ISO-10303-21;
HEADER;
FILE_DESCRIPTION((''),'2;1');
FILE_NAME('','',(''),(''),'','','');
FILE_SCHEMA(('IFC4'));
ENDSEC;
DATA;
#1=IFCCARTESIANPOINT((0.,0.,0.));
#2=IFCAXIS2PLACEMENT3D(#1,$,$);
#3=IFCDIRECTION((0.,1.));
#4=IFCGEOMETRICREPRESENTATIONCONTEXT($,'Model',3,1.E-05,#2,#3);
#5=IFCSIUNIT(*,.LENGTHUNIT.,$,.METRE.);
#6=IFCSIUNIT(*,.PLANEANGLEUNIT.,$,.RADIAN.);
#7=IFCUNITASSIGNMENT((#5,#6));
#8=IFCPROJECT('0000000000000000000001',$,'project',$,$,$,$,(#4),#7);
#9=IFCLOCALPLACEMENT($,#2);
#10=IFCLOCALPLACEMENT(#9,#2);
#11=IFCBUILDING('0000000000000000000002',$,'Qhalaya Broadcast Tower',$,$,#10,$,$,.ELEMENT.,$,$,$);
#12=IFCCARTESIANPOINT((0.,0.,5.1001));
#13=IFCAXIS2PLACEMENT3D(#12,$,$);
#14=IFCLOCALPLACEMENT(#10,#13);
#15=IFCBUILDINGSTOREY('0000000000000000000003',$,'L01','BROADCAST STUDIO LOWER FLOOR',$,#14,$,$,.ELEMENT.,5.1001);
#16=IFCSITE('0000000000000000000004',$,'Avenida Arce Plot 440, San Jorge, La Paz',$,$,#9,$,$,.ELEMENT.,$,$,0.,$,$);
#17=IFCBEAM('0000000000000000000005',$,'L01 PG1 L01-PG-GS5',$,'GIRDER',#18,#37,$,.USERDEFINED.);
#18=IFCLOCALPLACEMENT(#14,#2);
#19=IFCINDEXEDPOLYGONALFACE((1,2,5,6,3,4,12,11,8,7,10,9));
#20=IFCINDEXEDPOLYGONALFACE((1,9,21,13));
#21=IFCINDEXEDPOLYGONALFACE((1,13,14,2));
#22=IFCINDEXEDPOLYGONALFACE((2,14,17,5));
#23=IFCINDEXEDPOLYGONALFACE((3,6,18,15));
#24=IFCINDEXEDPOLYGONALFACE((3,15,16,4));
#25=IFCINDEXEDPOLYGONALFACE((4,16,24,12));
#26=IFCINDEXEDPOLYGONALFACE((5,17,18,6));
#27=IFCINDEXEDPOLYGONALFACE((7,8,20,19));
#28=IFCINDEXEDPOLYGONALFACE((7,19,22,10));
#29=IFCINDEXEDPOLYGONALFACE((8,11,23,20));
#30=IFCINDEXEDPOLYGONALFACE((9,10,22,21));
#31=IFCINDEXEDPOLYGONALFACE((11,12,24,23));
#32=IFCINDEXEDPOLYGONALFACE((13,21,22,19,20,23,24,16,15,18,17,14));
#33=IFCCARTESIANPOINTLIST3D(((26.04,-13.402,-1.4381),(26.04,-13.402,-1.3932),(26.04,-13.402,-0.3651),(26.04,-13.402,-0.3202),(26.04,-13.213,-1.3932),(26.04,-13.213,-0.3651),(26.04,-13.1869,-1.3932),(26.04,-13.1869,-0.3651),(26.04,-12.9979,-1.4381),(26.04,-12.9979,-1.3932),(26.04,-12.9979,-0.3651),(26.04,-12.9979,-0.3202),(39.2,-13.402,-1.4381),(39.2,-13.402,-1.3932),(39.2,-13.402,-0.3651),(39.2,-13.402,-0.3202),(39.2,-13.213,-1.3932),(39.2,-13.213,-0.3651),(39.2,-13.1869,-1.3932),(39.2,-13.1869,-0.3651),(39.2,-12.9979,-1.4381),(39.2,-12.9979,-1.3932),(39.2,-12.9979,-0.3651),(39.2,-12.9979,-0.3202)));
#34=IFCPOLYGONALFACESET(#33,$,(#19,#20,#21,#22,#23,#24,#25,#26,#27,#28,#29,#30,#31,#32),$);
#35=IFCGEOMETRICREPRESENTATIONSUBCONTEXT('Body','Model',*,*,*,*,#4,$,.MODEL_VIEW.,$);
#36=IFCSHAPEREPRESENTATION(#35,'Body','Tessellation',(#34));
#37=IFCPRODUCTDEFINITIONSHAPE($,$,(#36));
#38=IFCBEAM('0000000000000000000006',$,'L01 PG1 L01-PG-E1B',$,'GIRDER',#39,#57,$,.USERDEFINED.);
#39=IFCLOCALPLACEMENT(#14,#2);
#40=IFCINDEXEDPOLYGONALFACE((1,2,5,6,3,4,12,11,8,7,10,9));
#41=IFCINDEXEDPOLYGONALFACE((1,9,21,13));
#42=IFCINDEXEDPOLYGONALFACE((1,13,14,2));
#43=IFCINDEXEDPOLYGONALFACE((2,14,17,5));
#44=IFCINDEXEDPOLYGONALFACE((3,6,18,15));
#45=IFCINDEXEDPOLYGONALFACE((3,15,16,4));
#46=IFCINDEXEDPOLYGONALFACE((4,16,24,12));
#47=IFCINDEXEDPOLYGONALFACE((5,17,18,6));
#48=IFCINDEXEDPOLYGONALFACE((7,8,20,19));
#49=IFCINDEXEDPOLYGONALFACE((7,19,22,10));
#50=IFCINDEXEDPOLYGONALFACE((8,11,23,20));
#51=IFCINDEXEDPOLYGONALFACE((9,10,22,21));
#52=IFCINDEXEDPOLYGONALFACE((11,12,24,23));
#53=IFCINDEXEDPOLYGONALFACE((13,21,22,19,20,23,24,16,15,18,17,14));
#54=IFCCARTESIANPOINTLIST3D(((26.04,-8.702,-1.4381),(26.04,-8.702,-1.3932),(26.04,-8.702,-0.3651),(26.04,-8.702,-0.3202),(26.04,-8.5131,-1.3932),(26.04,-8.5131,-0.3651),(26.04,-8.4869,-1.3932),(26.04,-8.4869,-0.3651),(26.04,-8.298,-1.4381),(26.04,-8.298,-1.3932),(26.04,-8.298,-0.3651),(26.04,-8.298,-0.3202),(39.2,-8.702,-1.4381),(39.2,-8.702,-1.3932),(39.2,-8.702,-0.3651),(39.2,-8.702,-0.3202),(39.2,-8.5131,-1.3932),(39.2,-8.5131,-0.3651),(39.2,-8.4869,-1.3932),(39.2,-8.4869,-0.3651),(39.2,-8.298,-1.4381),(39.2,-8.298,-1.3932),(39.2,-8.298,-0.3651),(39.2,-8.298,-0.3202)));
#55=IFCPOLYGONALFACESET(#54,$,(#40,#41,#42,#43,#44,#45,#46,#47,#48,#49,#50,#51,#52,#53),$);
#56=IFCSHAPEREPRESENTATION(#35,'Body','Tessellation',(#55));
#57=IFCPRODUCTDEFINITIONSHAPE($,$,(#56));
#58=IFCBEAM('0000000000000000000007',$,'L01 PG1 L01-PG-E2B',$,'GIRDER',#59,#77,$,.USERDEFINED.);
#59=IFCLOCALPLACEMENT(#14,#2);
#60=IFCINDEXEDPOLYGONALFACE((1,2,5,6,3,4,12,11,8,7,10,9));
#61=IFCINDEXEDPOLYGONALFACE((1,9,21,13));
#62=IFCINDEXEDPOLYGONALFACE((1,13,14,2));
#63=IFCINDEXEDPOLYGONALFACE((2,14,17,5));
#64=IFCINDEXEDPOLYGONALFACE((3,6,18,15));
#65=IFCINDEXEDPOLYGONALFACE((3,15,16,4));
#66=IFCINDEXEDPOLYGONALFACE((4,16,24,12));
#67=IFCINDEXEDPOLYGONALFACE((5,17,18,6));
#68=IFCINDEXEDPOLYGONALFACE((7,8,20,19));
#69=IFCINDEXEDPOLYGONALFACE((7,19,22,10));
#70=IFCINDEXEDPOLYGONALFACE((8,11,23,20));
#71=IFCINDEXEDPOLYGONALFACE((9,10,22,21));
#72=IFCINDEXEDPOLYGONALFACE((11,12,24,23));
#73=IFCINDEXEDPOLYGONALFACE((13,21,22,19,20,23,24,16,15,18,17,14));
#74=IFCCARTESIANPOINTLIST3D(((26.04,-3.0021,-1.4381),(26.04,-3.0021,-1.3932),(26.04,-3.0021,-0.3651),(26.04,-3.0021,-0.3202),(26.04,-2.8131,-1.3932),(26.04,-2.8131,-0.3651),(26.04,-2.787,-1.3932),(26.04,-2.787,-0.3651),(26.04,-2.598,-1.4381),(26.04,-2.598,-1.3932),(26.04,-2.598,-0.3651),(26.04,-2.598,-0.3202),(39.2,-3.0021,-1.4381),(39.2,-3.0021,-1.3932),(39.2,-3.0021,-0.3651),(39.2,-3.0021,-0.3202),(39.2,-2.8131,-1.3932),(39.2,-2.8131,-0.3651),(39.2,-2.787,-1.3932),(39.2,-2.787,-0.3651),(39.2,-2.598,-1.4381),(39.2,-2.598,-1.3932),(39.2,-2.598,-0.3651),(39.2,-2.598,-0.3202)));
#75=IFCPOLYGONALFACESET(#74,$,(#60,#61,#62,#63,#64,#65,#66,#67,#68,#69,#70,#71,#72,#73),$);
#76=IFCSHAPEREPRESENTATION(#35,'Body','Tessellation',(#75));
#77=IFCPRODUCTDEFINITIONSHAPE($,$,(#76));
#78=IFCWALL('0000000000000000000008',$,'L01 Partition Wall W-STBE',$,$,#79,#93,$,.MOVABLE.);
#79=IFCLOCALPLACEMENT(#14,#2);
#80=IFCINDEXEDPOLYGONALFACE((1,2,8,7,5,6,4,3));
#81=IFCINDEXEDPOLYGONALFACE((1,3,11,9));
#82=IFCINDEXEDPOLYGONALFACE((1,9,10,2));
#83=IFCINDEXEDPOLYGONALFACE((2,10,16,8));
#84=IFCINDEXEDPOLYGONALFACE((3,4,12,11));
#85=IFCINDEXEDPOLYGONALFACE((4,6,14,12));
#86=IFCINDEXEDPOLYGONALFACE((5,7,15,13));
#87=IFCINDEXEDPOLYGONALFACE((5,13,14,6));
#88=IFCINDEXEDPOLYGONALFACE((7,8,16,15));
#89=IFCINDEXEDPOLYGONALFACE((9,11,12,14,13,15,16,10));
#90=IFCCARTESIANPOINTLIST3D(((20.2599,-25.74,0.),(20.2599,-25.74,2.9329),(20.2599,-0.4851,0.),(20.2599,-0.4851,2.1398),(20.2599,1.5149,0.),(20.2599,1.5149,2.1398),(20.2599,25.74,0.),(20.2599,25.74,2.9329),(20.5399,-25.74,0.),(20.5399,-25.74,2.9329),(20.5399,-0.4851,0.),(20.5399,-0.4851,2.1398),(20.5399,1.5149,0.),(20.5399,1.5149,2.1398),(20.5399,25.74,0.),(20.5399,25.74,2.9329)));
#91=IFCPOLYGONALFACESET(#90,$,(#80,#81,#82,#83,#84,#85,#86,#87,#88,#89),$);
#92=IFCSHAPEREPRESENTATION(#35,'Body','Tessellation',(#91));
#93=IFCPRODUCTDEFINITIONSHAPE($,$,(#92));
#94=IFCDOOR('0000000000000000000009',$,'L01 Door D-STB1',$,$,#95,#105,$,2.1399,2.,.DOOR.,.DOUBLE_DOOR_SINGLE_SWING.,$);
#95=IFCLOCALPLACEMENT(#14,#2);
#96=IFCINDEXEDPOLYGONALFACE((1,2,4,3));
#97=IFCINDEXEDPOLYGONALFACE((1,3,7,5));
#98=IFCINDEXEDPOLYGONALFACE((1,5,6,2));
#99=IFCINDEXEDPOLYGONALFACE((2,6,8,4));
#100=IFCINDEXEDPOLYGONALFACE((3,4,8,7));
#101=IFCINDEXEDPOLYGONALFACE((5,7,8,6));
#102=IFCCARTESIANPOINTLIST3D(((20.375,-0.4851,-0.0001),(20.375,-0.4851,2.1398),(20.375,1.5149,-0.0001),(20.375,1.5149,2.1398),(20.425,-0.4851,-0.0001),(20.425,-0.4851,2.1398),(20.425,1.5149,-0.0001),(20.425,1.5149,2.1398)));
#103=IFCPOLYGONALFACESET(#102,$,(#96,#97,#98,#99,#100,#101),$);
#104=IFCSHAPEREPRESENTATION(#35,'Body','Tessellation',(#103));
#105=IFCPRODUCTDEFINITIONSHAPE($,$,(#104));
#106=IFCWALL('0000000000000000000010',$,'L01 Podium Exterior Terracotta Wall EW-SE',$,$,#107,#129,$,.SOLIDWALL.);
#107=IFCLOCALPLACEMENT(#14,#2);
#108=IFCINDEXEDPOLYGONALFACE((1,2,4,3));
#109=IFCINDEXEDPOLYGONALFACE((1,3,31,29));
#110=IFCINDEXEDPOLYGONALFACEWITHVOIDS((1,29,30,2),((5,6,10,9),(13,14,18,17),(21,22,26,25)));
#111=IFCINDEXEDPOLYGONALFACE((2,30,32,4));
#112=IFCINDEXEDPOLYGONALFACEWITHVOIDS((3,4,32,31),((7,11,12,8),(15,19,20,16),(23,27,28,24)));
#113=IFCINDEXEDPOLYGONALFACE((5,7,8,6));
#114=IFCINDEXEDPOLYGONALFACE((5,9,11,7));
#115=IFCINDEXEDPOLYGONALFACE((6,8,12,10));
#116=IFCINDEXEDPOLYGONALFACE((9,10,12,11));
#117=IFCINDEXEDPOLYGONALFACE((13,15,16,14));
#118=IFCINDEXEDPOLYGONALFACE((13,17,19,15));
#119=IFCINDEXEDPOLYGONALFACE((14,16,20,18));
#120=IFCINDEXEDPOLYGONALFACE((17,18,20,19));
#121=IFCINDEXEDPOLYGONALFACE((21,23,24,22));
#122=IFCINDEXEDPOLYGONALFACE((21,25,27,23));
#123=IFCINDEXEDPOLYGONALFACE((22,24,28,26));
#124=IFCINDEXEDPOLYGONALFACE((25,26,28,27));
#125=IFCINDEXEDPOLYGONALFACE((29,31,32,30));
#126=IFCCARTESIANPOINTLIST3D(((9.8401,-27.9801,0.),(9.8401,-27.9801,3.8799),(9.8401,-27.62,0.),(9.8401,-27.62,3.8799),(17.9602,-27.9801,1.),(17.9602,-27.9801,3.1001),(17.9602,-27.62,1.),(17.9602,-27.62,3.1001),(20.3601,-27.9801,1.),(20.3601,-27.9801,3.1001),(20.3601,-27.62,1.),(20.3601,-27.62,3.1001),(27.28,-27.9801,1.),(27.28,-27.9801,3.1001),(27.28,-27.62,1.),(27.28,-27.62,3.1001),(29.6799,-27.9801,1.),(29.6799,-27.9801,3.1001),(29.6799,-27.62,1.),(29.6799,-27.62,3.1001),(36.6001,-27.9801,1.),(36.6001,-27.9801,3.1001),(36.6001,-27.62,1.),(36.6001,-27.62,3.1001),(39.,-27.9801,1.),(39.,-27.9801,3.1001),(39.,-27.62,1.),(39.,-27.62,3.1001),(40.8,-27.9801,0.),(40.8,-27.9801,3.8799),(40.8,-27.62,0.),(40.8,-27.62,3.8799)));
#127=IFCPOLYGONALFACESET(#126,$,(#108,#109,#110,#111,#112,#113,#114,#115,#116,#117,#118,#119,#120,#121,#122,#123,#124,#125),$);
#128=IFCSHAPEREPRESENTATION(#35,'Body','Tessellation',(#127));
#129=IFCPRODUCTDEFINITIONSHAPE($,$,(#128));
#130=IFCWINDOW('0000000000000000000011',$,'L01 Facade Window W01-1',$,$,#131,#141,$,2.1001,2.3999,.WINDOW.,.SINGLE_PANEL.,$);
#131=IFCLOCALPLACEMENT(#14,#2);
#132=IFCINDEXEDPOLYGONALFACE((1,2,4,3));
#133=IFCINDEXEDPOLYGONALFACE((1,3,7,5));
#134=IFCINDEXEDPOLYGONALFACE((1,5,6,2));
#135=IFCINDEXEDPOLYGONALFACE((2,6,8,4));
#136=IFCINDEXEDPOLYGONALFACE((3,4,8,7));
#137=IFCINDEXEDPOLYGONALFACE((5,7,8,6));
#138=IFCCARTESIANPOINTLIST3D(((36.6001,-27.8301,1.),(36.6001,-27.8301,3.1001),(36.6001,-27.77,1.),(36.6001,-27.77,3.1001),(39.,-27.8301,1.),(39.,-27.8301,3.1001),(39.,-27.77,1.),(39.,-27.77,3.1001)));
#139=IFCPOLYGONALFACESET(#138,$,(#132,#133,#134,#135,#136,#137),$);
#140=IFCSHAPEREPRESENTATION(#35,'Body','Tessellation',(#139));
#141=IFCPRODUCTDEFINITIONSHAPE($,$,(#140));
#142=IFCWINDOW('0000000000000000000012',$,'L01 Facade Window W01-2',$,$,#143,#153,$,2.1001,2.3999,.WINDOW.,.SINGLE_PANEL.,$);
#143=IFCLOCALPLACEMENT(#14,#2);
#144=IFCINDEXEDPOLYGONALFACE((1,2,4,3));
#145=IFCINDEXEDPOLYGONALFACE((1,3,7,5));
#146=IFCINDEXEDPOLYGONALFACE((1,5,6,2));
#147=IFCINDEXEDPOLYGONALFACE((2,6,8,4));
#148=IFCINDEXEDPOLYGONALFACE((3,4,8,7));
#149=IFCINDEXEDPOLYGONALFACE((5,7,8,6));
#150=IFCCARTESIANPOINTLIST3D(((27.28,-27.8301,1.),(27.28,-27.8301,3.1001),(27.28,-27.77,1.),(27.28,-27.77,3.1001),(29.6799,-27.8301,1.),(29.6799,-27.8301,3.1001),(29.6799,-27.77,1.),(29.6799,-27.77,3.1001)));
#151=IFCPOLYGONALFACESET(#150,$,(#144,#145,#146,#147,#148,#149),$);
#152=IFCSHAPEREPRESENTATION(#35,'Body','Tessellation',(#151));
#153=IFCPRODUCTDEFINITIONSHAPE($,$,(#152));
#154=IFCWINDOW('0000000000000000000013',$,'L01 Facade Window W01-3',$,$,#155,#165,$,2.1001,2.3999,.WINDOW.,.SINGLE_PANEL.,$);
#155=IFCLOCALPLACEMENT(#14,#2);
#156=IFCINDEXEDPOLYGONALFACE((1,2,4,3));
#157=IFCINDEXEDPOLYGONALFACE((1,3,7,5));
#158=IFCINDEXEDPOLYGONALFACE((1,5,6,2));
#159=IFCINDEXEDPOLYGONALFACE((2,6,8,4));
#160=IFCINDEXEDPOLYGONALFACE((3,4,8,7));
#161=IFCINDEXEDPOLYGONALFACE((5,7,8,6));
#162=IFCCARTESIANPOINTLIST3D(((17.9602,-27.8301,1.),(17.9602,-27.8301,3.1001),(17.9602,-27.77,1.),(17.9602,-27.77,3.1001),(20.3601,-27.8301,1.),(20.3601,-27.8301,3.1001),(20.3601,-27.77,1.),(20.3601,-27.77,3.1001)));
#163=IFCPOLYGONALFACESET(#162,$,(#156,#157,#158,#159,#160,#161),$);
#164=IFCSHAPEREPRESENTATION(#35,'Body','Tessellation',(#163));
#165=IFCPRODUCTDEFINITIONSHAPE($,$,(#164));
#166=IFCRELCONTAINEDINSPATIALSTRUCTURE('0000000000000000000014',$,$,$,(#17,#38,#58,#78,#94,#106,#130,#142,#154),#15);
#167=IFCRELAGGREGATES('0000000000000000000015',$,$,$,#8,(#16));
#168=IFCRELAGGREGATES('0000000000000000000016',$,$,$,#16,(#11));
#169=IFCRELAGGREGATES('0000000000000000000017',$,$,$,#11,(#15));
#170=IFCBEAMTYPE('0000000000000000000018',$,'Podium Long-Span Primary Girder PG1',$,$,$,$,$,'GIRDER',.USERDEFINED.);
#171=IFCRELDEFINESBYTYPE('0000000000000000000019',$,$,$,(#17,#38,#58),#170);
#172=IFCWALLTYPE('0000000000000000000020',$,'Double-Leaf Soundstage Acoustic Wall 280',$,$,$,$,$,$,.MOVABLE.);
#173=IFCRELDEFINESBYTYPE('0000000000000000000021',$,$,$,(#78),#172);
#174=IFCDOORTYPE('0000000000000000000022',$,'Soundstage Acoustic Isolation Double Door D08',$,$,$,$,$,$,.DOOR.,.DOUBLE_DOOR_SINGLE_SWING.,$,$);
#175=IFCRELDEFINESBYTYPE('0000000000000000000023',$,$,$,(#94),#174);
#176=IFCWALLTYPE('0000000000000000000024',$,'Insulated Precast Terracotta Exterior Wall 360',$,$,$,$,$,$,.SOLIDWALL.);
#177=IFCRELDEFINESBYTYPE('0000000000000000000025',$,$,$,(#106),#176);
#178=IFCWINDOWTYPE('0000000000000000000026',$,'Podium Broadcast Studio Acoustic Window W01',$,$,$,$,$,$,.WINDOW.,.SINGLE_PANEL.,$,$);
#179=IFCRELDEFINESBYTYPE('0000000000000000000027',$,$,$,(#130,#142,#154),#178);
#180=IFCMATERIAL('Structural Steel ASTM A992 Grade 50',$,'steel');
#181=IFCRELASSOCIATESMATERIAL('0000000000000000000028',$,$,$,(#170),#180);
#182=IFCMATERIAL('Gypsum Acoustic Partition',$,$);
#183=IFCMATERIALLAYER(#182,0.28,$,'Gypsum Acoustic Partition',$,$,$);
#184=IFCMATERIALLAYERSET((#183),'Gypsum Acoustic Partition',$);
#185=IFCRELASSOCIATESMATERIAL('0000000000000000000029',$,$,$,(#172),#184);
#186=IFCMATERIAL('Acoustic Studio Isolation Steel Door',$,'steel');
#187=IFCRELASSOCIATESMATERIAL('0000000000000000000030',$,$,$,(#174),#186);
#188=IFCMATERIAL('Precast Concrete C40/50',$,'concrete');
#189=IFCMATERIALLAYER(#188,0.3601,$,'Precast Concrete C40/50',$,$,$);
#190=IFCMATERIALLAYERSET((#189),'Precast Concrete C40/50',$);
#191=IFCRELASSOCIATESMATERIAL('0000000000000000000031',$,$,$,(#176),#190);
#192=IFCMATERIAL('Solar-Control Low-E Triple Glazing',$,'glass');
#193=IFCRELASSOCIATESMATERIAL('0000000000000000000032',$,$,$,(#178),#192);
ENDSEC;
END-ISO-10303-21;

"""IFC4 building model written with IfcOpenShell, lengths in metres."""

from ifc_helpers import new_model, si_unit, direction, frame, frame_2d, origin, origin_2d, place, context, subcontext, project, spatial, rectangle, i_section, extrude, material, layer, layer_set, material_profile, profile_set, type_object, element, fill, save


model = new_model("IFC4")

# Units and contexts
model_context = context("Model", 3, precision=1e-05, world=origin(), true_north=direction((0.0, 1.0)))
body_context = subcontext(model_context, "Body", "Model", "MODEL_VIEW")
ifc_project = project(units=[si_unit("LENGTHUNIT", "METRE"), si_unit("PLANEANGLEUNIT", "RADIAN")], contexts=[model_context])

# Site, building, storey
site_placement = place(None, origin())
site = spatial("IfcSite", under=ifc_project, at=site_placement, Name="Avenida Arce Plot 440, San Jorge, La Paz", CompositionType="ELEMENT", RefElevation=0.0)
building_placement = place(site_placement, origin())
building = spatial("IfcBuilding", under=site, at=building_placement, Name="Qhalaya Broadcast Tower", CompositionType="ELEMENT")
storey_placement = place(building_placement, frame((0.0, 0.0, 5.1001)))
storey = spatial("IfcBuildingStorey", under=building, at=storey_placement, Name="L01", Description="BROADCAST STUDIO LOWER FLOOR", CompositionType="ELEMENT", Elevation=5.1001)

# Beams
ifc_material_1 = material(Name="Structural Steel ASTM A992 Grade 50", Category="steel")
ifc_material_profile_1 = material_profile(ifc_material_1, i_section(OverallWidth=0.4041, OverallDepth=1.1179, WebThickness=0.0261, FlangeThickness=0.0449, at=origin_2d()), Name="W44X335")
ifc_profile_set_1 = profile_set([ifc_material_profile_1], Name="Structural Steel ASTM A992 Grade 50")
beam_type_1 = type_object("IfcBeamType", Name="Podium Long-Span Primary Girder PG1", ElementType="GIRDER", PredefinedType="USERDEFINED", material=ifc_profile_set_1)
for number, where, z_axis, x_axis, name in (
    (1, (26.04, -13.2, -0.8792), (1.0, 0.0, 0.0), (0.0, 1.0, 0.0), "L01 PG1 L01-PG-GS5"),
    (2, (26.04, -8.5, -0.8792), (1.0, 0.0, 0.0), (0.0, 1.0, 0.0), "L01 PG1 L01-PG-E1B"),
    (3, (26.04, -2.8, -0.8792), (1.0, 0.0, 0.0), (0.0, 1.0, 0.0), "L01 PG1 L01-PG-E2B"),
):
    element("IfcBeam", number, at=place(storey_placement, frame(where, z_axis=z_axis, x_axis=x_axis)), inside=storey, type_object=beam_type_1, Name=name, ObjectType="GIRDER", PredefinedType="USERDEFINED", context=body_context, shape_type="SweptSolid", body=[
        extrude(i_section(OverallWidth=0.4041, OverallDepth=1.1179, WebThickness=0.0261, FlangeThickness=0.0449, at=origin_2d()), origin(), (0.0, 0.0, 1.0), 13.1599),
    ])

# Wall, opening, door
ifc_material_2 = material(Name="Gypsum Acoustic Partition")
ifc_layer_1 = layer(ifc_material_2, 0.28, Name="Gypsum Acoustic Partition")
ifc_layer_set_1 = layer_set([ifc_layer_1], Name="Gypsum Acoustic Partition")
wall_type_1 = type_object("IfcWallType", Name="Double-Leaf Soundstage Acoustic Wall 280", PredefinedType="MOVABLE", material=ifc_layer_set_1)
wall_1_placement = place(storey_placement, frame((20.3999, -25.74, 0.0), z_axis=(0.0, 0.0, 1.0), x_axis=(0.0, 1.0, 0.0)))
wall_1 = element("IfcWall", 4, at=wall_1_placement, inside=storey, type_object=wall_type_1, Name="L01 Partition Wall W-STBE", PredefinedType="MOVABLE", context=body_context, shape_type="SweptSolid", body=[
    extrude(rectangle(XDim=51.48, YDim=0.28, at=frame_2d((25.74, 0.0))), origin(), (0.0, 0.0, 1.0), 2.9329),
])
opening_1_placement = place(wall_1_placement, frame((25.2549, 0.0, 0.0)))
opening_1 = element("IfcOpeningElement", 5, at=opening_1_placement, cuts=wall_1, PredefinedType="OPENING", context=body_context, shape_type="SweptSolid", body=[
    extrude(rectangle(XDim=2.0, YDim=2.1399, at=frame_2d((1.0, 1.0698))), frame((0.0, 0.1521, 0.0), z_axis=(0.0, -1.0, 0.0), x_axis=(1.0, 0.0, 0.0)), (0.0, 0.0, 1.0), 0.304),
])
ifc_material_3 = material(Name="Acoustic Studio Isolation Steel Door", Category="steel")
door_type = type_object("IfcDoorType", Name="Soundstage Acoustic Isolation Double Door D08", OperationType="DOUBLE_DOOR_SINGLE_SWING", PredefinedType="DOOR", material=ifc_material_3)
door_placement = place(opening_1_placement, origin())
door = element("IfcDoor", 6, at=door_placement, inside=storey, type_object=door_type, Name="L01 Door D-STB1", OperationType="DOUBLE_DOOR_SINGLE_SWING", OverallHeight=2.1399, OverallWidth=2.0, PredefinedType="DOOR", context=body_context, shape_type="SweptSolid", body=[
    extrude(rectangle(XDim=2.0, YDim=2.1399, at=frame_2d((1.0, 1.0698))), frame((0.0, 0.0249, 0.0), z_axis=(0.0, -1.0, 0.0), x_axis=(1.0, 0.0, 0.0)), (0.0, 0.0, 1.0), 0.05),
])
fill(opening_1, door)

# Wall, openings, windows
ifc_material_4 = material(Name="Precast Concrete C40/50", Category="concrete")
ifc_layer_2 = layer(ifc_material_4, 0.3601, Name="Precast Concrete C40/50")
ifc_layer_set_2 = layer_set([ifc_layer_2], Name="Precast Concrete C40/50")
wall_type_2 = type_object("IfcWallType", Name="Insulated Precast Terracotta Exterior Wall 360", PredefinedType="SOLIDWALL", material=ifc_layer_set_2)
wall_2_placement = place(storey_placement, frame((40.8, -27.8, 0.0), z_axis=(0.0, 0.0, 1.0), x_axis=(-1.0, 0.0, 0.0)))
wall_2 = element("IfcWall", 7, at=wall_2_placement, inside=storey, type_object=wall_type_2, Name="L01 Podium Exterior Terracotta Wall EW-SE", PredefinedType="SOLIDWALL", context=body_context, shape_type="SweptSolid", body=[
    extrude(rectangle(XDim=30.96, YDim=0.3601, at=frame_2d((15.48, 0.0))), origin(), (0.0, 0.0, 1.0), 3.8799),
])
opening_2_placement = place(wall_2_placement, frame((1.8, 0.0, 1.0)))
opening_2 = element("IfcOpeningElement", 8, at=opening_2_placement, cuts=wall_2, PredefinedType="OPENING", context=body_context, shape_type="SweptSolid", body=[
    extrude(rectangle(XDim=2.3999, YDim=2.1001, at=frame_2d((1.2, 1.05))), frame((0.0, 0.1921, 0.0), z_axis=(0.0, -1.0, 0.0), x_axis=(1.0, 0.0, 0.0)), (0.0, 0.0, 1.0), 0.384),
])
opening_3_placement = place(wall_2_placement, frame((11.1201, 0.0, 1.0)))
opening_3 = element("IfcOpeningElement", 9, at=opening_3_placement, cuts=wall_2, PredefinedType="OPENING", context=body_context, shape_type="SweptSolid", body=[
    extrude(rectangle(XDim=2.3999, YDim=2.1001, at=frame_2d((1.2, 1.05))), frame((0.0, 0.1921, 0.0), z_axis=(0.0, -1.0, 0.0), x_axis=(1.0, 0.0, 0.0)), (0.0, 0.0, 1.0), 0.384),
])
opening_4_placement = place(wall_2_placement, frame((20.4399, 0.0, 1.0)))
opening_4 = element("IfcOpeningElement", 10, at=opening_4_placement, cuts=wall_2, PredefinedType="OPENING", context=body_context, shape_type="SweptSolid", body=[
    extrude(rectangle(XDim=2.3999, YDim=2.1001, at=frame_2d((1.2, 1.05))), frame((0.0, 0.1921, 0.0), z_axis=(0.0, -1.0, 0.0), x_axis=(1.0, 0.0, 0.0)), (0.0, 0.0, 1.0), 0.384),
])
ifc_material_5 = material(Name="Solar-Control Low-E Triple Glazing", Category="glass")
window_type_1 = type_object("IfcWindowType", Name="Podium Broadcast Studio Acoustic Window W01", PartitioningType="SINGLE_PANEL", PredefinedType="WINDOW", material=ifc_material_5)
window_1_placement = place(opening_2_placement, origin())
window_1 = element("IfcWindow", 11, at=window_1_placement, inside=storey, type_object=window_type_1, Name="L01 Facade Window W01-1", OverallHeight=2.1001, OverallWidth=2.3999, PartitioningType="SINGLE_PANEL", PredefinedType="WINDOW", context=body_context, shape_type="SweptSolid", body=[
    extrude(rectangle(XDim=2.3999, YDim=2.1001, at=frame_2d((1.2, 1.05))), frame((0.0, 0.03, 0.0), z_axis=(0.0, -1.0, 0.0), x_axis=(1.0, 0.0, 0.0)), (0.0, 0.0, 1.0), 0.0601),
])
fill(opening_2, window_1)
window_2_placement = place(opening_3_placement, origin())
window_2 = element("IfcWindow", 12, at=window_2_placement, inside=storey, type_object=window_type_1, Name="L01 Facade Window W01-2", OverallHeight=2.1001, OverallWidth=2.3999, PartitioningType="SINGLE_PANEL", PredefinedType="WINDOW", context=body_context, shape_type="SweptSolid", body=[
    extrude(rectangle(XDim=2.3999, YDim=2.1001, at=frame_2d((1.2, 1.05))), frame((0.0, 0.03, 0.0), z_axis=(0.0, -1.0, 0.0), x_axis=(1.0, 0.0, 0.0)), (0.0, 0.0, 1.0), 0.0601),
])
fill(opening_3, window_2)
window_3_placement = place(opening_4_placement, origin())
window_3 = element("IfcWindow", 13, at=window_3_placement, inside=storey, type_object=window_type_1, Name="L01 Facade Window W01-3", OverallHeight=2.1001, OverallWidth=2.3999, PartitioningType="SINGLE_PANEL", PredefinedType="WINDOW", context=body_context, shape_type="SweptSolid", body=[
    extrude(rectangle(XDim=2.3999, YDim=2.1001, at=frame_2d((1.2, 1.05))), frame((0.0, 0.03, 0.0), z_axis=(0.0, -1.0, 0.0), x_axis=(1.0, 0.0, 0.0)), (0.0, 0.0, 1.0), 0.0601),
])
fill(opening_4, window_3)

save(model, "model.ifc")
